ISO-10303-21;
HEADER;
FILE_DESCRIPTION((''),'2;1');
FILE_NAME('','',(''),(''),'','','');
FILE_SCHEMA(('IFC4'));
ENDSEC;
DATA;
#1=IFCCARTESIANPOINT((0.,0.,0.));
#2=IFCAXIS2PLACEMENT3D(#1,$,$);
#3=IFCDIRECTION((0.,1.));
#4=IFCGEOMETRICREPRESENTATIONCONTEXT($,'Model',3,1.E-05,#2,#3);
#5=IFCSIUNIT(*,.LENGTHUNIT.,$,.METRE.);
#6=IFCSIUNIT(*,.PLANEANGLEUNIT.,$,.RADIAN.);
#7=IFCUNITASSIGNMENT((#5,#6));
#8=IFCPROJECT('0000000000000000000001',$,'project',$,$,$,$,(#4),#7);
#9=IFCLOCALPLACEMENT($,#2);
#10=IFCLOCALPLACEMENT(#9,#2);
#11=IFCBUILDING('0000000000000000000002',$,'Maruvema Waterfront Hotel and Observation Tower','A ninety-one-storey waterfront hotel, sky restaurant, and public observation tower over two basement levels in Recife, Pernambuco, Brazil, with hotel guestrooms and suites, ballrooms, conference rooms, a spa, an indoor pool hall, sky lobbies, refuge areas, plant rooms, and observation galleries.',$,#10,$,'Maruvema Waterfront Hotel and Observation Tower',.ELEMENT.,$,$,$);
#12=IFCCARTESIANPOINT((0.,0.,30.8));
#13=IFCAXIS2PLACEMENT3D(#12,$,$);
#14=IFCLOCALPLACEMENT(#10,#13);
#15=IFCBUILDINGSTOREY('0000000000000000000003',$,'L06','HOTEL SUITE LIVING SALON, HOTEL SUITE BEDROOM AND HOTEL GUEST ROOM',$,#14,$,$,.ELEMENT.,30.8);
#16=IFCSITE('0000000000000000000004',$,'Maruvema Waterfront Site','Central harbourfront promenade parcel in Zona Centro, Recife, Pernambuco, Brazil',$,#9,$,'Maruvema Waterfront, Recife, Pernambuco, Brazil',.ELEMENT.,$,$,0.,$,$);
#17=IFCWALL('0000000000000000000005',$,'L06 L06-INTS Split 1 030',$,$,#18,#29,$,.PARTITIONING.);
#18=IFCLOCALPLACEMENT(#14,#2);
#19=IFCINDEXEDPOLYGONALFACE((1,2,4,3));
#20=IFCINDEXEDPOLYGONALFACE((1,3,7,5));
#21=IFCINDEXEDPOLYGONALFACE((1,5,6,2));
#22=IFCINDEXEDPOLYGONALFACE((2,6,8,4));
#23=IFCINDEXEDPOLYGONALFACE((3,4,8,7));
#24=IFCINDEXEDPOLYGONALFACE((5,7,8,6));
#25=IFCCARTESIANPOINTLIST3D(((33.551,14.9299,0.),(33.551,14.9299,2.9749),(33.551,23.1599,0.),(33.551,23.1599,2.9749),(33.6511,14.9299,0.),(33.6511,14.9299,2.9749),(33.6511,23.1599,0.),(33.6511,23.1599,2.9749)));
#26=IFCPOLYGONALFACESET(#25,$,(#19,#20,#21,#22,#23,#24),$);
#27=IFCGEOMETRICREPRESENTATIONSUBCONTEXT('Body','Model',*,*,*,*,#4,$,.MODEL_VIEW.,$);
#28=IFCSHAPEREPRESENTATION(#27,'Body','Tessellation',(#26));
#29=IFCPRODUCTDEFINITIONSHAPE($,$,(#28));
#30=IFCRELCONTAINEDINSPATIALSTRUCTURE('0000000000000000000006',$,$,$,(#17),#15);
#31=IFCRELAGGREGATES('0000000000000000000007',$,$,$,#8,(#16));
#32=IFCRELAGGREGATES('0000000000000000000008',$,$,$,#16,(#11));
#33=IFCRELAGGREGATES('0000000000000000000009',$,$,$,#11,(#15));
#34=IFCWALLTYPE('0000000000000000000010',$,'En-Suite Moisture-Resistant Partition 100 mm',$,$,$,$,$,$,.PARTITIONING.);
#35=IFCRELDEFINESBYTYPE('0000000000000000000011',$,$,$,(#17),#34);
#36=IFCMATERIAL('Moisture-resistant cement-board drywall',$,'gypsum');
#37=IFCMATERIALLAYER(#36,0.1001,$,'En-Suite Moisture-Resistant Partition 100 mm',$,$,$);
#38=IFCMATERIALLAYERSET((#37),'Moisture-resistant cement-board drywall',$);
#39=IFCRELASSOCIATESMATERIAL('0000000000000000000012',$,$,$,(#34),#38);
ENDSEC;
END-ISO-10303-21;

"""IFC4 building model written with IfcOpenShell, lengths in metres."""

from ifc_helpers import new_model, si_unit, direction, frame, frame_2d, origin, place, context, subcontext, project, spatial, rectangle, extrude, material, layer, layer_set, type_object, element, save


model = new_model("IFC4")

# Units and contexts
model_context = context("Model", 3, precision=1e-05, world=origin(), true_north=direction((0.0, 1.0)))
body_context = subcontext(model_context, "Body", "Model", "MODEL_VIEW")
ifc_project = project(units=[si_unit("LENGTHUNIT", "METRE"), si_unit("PLANEANGLEUNIT", "RADIAN")], contexts=[model_context])

# Site, building, storey
site_placement = place(None, origin())
site = spatial("IfcSite", under=ifc_project, at=site_placement, Name="Maruvema Waterfront Site", Description="Central harbourfront promenade parcel in Zona Centro, Recife, Pernambuco, Brazil", LongName="Maruvema Waterfront, Recife, Pernambuco, Brazil", CompositionType="ELEMENT", RefElevation=0.0)
building_placement = place(site_placement, origin())
building = spatial("IfcBuilding", under=site, at=building_placement, Name="Maruvema Waterfront Hotel and Observation Tower", Description="A ninety-one-storey waterfront hotel, sky restaurant, and public observation tower over two basement levels in Recife, Pernambuco, Brazil, with hotel guestrooms and suites, ballrooms, conference rooms, a spa, an indoor pool hall, sky lobbies, refuge areas, plant rooms, and observation galleries.", LongName="Maruvema Waterfront Hotel and Observation Tower", CompositionType="ELEMENT")
storey_placement = place(building_placement, frame((0.0, 0.0, 30.8)))
storey = spatial("IfcBuildingStorey", under=building, at=storey_placement, Name="L06", Description="HOTEL SUITE LIVING SALON, HOTEL SUITE BEDROOM AND HOTEL GUEST ROOM", CompositionType="ELEMENT", Elevation=30.8)

# Wall
ifc_material_1 = material(Name="Moisture-resistant cement-board drywall", Category="gypsum")
ifc_layer_1 = layer(ifc_material_1, 0.1001, Name="En-Suite Moisture-Resistant Partition 100 mm")
ifc_layer_set_1 = layer_set([ifc_layer_1], Name="Moisture-resistant cement-board drywall")
wall_type_1 = type_object("IfcWallType", Name="En-Suite Moisture-Resistant Partition 100 mm", PredefinedType="PARTITIONING", material=ifc_layer_set_1)
wall_1_placement = place(storey_placement, frame((33.6011, 14.9299, 0.0), z_axis=(0.0, 0.0, 1.0), x_axis=(0.0, 1.0, 0.0)))
element("IfcWall", 1, at=wall_1_placement, inside=storey, type_object=wall_type_1, Name="L06 L06-INTS Split 1 030", PredefinedType="PARTITIONING", context=body_context, shape_type="SweptSolid", body=[
    extrude(rectangle(XDim=8.23, YDim=0.1001, at=frame_2d((4.115, 0.0))), origin(), (0.0, 0.0, 1.0), 2.9749),
])

save(model, "model.ifc")
